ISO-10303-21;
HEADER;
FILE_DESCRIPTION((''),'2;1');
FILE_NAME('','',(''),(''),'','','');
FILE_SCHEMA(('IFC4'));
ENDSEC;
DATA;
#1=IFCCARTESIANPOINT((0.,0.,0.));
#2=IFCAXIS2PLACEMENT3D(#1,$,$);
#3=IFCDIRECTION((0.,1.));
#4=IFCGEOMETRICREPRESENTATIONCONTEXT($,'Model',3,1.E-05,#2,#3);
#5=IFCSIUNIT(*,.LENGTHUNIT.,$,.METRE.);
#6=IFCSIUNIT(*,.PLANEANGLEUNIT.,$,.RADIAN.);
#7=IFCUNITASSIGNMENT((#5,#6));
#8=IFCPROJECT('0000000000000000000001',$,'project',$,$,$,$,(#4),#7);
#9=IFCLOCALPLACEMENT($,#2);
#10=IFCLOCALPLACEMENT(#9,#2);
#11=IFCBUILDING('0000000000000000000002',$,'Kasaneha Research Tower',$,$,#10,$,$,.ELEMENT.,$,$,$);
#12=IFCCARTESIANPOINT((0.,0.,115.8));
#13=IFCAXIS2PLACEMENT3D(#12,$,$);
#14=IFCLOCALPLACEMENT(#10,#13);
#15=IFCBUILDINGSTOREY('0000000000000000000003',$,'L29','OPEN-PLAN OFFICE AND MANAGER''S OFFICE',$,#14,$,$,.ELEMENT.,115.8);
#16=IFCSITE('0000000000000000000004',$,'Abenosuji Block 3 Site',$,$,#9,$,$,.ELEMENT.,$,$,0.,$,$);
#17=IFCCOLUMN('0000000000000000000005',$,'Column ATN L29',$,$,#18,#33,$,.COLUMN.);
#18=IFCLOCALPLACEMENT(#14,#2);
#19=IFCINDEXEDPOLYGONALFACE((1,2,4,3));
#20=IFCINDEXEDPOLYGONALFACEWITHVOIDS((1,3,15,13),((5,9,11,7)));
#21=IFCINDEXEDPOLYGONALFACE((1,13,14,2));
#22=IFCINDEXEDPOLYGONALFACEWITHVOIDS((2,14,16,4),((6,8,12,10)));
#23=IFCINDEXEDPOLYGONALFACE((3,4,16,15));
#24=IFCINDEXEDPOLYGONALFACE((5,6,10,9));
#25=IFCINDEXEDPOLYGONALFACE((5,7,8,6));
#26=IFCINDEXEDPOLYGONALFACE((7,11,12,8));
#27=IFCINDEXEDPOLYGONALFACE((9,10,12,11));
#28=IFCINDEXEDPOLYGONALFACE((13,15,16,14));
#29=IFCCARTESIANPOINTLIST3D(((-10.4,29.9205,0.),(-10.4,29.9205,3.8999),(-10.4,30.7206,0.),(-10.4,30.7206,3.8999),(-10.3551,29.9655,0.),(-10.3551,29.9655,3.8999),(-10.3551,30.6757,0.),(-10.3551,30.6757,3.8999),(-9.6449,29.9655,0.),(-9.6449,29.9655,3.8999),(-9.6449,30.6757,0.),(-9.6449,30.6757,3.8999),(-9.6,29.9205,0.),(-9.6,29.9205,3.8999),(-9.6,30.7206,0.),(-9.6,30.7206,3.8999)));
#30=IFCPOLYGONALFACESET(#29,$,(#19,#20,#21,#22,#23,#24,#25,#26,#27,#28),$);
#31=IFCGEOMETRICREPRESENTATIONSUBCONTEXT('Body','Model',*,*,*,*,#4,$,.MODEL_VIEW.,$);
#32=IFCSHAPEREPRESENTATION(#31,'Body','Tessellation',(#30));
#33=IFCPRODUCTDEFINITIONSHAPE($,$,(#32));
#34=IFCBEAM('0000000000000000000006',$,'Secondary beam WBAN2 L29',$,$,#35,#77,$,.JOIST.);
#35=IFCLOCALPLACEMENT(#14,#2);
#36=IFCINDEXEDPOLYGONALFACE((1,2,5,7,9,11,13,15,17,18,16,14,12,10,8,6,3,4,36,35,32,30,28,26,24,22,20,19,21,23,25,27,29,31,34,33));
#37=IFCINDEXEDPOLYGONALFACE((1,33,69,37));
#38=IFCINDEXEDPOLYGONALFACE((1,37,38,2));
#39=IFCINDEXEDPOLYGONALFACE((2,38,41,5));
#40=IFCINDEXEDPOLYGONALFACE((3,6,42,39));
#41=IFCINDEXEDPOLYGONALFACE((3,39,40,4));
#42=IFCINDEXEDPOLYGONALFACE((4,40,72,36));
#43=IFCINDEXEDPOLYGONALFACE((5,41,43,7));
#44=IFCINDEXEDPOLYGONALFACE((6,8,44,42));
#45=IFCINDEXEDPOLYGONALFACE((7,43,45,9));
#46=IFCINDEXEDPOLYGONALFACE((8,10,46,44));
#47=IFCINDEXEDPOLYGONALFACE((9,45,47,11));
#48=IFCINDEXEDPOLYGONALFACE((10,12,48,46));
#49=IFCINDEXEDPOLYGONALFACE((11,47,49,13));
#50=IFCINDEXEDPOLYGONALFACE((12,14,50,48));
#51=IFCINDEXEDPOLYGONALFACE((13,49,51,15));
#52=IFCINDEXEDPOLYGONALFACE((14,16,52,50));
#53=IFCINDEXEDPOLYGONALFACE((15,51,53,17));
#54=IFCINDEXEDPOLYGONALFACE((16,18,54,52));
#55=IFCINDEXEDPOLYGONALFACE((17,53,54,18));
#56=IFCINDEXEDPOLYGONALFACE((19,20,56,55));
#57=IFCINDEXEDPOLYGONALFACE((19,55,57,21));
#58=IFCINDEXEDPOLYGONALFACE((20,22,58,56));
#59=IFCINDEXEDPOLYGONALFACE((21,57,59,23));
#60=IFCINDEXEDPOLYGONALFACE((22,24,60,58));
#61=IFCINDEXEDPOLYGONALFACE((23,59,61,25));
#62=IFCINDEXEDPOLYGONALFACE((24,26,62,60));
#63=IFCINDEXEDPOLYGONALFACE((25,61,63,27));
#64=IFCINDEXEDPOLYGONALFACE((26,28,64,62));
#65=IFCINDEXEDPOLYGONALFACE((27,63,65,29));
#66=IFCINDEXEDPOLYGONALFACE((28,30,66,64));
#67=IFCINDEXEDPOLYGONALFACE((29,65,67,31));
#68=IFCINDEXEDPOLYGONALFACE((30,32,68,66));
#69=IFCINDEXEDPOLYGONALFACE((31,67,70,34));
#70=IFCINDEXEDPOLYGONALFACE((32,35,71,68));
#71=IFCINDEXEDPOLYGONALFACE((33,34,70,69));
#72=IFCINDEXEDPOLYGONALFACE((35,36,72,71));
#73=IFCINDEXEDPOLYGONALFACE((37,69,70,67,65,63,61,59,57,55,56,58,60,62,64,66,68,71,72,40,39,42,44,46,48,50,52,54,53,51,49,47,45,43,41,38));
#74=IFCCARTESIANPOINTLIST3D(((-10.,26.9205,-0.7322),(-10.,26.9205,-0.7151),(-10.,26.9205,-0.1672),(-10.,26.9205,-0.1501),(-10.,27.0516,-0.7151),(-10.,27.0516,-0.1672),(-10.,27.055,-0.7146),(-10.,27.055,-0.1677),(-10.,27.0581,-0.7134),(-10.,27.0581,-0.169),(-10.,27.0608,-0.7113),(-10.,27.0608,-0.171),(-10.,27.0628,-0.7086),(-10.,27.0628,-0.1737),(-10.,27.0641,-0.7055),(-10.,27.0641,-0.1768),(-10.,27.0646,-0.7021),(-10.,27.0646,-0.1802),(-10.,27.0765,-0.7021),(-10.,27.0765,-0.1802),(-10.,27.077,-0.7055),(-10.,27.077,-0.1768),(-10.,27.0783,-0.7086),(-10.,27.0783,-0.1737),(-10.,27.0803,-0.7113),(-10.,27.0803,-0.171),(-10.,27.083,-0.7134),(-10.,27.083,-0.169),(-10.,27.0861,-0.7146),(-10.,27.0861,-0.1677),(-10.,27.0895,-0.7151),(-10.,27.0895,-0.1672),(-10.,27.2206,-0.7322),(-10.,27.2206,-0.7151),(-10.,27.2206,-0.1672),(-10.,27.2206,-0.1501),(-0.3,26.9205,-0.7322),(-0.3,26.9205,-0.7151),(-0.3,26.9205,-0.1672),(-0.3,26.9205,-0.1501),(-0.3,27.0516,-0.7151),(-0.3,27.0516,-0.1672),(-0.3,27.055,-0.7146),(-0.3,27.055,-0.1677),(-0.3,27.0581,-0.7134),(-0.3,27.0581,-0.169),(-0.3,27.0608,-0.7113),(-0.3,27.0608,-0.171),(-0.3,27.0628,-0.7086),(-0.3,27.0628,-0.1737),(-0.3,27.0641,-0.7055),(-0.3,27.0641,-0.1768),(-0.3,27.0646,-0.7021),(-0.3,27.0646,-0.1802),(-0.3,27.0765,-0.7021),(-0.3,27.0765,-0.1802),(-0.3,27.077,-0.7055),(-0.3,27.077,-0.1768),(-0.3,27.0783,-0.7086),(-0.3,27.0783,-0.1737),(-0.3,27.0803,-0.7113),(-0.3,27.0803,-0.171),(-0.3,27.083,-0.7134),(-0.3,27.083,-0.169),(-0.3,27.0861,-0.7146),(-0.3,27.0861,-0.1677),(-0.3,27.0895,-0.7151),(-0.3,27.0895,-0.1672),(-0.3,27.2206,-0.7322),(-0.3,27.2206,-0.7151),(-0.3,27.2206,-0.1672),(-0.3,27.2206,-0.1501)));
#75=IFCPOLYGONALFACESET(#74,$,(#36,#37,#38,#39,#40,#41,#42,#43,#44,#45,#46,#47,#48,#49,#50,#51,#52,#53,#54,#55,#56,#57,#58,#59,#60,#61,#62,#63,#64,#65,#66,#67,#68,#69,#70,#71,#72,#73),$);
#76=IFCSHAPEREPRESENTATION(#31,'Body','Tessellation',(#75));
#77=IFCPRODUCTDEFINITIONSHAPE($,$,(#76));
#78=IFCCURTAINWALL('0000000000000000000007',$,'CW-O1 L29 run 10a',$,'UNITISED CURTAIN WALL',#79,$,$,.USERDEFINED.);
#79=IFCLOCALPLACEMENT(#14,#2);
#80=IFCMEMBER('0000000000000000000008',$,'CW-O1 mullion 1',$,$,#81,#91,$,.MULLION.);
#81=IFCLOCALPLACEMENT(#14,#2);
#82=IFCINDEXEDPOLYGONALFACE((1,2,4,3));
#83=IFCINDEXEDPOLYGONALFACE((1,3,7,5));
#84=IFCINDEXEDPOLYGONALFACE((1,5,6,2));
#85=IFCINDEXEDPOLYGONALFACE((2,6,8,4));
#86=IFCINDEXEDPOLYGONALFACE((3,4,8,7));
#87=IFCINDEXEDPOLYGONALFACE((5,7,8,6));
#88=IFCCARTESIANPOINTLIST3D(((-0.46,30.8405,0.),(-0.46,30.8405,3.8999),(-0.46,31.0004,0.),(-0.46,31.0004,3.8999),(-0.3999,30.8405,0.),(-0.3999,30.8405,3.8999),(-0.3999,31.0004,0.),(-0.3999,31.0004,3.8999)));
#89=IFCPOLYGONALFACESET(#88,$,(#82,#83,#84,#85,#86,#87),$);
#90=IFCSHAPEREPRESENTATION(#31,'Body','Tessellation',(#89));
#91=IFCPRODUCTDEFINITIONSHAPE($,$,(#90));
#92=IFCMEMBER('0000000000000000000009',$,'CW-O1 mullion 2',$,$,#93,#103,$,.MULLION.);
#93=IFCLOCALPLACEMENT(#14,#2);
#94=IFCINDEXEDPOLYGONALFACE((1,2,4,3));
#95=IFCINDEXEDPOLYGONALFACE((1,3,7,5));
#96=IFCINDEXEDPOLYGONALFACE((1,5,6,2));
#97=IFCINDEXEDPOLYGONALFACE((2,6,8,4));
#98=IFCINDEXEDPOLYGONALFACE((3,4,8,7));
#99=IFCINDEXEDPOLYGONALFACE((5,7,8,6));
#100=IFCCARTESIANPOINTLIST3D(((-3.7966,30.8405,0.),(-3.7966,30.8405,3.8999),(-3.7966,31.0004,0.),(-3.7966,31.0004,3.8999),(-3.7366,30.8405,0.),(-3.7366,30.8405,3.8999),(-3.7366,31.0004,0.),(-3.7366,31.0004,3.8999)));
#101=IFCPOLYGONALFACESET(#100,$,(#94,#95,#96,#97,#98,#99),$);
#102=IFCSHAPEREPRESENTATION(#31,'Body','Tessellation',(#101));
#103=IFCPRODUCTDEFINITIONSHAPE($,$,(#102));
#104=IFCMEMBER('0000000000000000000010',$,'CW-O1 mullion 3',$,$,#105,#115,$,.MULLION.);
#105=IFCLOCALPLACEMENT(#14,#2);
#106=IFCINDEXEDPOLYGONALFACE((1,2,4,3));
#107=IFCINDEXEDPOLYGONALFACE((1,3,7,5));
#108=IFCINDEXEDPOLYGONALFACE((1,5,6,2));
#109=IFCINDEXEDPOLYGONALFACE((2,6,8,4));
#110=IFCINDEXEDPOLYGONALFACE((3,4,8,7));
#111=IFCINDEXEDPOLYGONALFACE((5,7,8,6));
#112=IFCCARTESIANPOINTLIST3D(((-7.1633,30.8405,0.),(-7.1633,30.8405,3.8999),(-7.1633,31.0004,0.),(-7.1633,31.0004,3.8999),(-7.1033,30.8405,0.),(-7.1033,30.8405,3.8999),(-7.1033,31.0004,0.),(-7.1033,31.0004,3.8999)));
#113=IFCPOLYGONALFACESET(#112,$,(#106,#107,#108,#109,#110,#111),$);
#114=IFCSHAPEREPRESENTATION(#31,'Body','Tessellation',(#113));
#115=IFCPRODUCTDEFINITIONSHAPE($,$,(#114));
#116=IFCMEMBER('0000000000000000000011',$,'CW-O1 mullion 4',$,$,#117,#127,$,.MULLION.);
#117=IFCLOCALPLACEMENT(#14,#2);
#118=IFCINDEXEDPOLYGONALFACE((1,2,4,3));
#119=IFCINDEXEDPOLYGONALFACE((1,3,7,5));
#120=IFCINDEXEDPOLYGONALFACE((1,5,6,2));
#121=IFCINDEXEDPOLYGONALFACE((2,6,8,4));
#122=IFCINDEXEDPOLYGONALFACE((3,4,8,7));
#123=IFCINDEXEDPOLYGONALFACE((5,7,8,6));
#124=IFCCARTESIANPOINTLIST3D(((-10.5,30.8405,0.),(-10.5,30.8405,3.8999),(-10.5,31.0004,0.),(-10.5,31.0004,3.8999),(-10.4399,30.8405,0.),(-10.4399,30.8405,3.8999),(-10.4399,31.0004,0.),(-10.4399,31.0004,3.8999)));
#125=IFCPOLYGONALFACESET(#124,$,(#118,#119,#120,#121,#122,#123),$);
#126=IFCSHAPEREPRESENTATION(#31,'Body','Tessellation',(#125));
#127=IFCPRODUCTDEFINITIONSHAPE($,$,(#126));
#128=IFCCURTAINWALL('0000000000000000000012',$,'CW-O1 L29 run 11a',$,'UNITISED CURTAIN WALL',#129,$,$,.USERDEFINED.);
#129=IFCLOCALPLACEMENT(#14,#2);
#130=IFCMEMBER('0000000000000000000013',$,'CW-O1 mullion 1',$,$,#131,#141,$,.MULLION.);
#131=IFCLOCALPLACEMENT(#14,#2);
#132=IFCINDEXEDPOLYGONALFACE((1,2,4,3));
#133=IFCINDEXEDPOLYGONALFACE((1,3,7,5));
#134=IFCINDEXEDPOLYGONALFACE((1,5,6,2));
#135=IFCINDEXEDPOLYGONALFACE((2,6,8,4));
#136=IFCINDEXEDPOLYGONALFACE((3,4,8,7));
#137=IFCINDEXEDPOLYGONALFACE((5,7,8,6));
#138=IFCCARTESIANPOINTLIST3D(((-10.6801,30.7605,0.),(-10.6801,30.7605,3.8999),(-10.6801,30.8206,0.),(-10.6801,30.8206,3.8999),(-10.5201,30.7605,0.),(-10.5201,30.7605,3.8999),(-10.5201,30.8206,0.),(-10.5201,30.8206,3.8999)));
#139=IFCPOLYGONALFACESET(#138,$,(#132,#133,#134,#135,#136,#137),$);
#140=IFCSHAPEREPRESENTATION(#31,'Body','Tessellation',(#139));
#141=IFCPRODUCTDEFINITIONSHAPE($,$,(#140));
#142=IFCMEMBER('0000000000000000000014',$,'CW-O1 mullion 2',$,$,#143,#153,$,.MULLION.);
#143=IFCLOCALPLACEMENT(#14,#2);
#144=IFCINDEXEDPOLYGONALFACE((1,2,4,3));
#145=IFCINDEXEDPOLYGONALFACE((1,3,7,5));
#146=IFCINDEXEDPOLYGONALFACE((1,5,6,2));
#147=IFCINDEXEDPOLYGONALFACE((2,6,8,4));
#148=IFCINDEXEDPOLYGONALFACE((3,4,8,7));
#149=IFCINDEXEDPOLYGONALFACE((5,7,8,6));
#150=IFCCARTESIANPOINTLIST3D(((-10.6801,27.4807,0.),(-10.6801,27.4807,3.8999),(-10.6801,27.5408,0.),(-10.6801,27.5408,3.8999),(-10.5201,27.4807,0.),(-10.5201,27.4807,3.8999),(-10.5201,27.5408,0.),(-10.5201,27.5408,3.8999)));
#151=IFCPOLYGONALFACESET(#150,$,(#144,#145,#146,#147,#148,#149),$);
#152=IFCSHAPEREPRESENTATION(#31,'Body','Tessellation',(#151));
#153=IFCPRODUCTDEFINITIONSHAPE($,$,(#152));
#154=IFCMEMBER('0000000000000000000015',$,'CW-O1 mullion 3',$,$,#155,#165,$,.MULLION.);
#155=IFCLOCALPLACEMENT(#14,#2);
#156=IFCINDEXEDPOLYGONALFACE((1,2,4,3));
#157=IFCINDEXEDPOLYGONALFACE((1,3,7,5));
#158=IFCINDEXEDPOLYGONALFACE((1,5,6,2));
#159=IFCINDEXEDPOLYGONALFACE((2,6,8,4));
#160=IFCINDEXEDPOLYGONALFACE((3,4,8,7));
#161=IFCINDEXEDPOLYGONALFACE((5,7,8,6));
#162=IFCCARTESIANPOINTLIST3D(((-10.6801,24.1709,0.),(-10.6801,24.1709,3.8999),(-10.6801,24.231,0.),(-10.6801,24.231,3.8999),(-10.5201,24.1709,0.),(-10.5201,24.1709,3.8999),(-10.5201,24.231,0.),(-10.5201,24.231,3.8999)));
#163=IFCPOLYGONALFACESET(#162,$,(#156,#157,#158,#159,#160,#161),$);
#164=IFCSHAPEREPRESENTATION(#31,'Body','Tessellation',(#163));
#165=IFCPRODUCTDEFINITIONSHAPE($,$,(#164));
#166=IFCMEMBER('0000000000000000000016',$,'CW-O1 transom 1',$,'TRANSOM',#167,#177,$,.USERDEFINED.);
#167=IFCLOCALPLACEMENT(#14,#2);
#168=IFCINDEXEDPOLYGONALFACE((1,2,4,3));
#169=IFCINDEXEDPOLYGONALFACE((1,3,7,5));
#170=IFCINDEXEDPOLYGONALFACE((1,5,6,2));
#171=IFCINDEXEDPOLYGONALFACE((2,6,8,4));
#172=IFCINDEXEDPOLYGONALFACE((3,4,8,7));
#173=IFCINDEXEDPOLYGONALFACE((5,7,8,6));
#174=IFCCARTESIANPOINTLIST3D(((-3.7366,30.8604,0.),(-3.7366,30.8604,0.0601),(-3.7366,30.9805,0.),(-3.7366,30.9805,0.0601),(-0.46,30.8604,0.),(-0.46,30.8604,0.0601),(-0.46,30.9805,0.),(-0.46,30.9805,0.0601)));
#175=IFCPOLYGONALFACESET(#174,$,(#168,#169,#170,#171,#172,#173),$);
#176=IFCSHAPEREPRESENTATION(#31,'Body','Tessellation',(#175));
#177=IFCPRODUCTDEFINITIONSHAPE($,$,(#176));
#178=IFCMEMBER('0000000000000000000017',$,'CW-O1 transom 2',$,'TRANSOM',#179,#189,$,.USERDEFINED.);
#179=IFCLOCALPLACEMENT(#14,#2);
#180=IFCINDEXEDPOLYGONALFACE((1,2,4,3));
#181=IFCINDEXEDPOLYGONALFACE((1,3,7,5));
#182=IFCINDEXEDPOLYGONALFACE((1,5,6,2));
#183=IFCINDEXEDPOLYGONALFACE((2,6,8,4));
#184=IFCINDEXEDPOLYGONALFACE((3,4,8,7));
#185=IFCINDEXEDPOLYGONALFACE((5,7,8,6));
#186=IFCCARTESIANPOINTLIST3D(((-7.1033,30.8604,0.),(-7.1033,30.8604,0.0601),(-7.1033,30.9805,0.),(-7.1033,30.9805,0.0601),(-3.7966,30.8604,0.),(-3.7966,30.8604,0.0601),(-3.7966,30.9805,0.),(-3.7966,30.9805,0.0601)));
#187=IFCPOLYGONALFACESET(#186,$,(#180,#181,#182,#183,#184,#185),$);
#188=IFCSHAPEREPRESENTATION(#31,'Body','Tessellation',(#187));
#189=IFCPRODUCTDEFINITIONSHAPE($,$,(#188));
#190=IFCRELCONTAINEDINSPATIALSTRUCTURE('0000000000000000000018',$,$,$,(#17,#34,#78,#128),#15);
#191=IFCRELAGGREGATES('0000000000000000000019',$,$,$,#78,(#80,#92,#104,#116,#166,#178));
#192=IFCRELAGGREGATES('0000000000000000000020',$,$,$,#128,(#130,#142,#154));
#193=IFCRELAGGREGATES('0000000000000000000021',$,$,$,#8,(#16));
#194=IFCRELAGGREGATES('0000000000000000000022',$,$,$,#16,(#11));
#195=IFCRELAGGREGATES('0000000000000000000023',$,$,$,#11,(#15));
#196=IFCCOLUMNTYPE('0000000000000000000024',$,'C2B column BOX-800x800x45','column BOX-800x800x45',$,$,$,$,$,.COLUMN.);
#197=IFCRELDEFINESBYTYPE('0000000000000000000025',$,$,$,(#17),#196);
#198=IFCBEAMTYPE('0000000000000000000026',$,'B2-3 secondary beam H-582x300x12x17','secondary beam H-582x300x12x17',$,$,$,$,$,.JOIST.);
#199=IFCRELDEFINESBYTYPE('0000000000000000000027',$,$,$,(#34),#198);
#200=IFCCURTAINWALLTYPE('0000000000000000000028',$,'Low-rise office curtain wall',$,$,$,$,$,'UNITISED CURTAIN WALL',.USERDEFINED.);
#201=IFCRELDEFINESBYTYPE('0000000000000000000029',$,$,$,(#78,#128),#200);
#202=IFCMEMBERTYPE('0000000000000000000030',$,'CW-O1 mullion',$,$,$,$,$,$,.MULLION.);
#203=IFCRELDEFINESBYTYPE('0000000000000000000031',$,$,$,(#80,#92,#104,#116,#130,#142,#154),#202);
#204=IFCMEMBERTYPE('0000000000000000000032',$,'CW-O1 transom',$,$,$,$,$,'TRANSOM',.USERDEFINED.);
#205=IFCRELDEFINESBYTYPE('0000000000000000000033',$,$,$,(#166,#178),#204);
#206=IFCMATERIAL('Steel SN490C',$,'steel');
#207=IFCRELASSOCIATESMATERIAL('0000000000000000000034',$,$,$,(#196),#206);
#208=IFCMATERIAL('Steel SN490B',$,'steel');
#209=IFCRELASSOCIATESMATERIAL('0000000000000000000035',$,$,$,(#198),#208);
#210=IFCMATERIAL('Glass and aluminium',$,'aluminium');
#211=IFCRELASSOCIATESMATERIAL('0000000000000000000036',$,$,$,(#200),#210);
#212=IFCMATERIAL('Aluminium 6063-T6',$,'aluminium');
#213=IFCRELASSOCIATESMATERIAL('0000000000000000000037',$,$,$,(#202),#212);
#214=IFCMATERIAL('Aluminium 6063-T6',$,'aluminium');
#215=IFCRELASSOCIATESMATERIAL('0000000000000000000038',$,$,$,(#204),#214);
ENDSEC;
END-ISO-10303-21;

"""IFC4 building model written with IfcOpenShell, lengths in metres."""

from ifc_helpers import new_model, si_unit, direction, frame, origin, origin_2d, place, context, subcontext, project, spatial, rectangle, hollow_rectangle, i_section, extrude, material, material_profile, profile_set, type_object, element, aggregate, save


model = new_model("IFC4")

# Units and contexts
model_context = context("Model", 3, precision=1e-05, world=origin(), true_north=direction((0.0, 1.0)))
body_context = subcontext(model_context, "Body", "Model", "MODEL_VIEW")
ifc_project = project(units=[si_unit("LENGTHUNIT", "METRE"), si_unit("PLANEANGLEUNIT", "RADIAN")], contexts=[model_context])

# Site, building, storey
site_placement = place(None, origin())
site = spatial("IfcSite", under=ifc_project, at=site_placement, Name="Abenosuji Block 3 Site", CompositionType="ELEMENT", RefElevation=0.0)
building_placement = place(site_placement, origin())
building = spatial("IfcBuilding", under=site, at=building_placement, Name="Kasaneha Research Tower", CompositionType="ELEMENT")
storey_placement = place(building_placement, frame((0.0, 0.0, 115.8)))
storey = spatial("IfcBuildingStorey", under=building, at=storey_placement, Name="L29", Description="OPEN-PLAN OFFICE AND MANAGER'S OFFICE", CompositionType="ELEMENT", Elevation=115.8)

# Column
ifc_material_1 = material(Name="Steel SN490C", Category="steel")
ifc_material_profile_1 = material_profile(ifc_material_1, hollow_rectangle(XDim=0.8, YDim=0.8, WallThickness=0.0449, at=origin_2d()), Name="BOX-800x800x45")
ifc_profile_set_1 = profile_set([ifc_material_profile_1], Name="Steel SN490C")
column_type = type_object("IfcColumnType", Name="C2B column BOX-800x800x45", Description="column BOX-800x800x45", PredefinedType="COLUMN", material=ifc_profile_set_1)
column_placement = place(storey_placement, frame((-10.0, 30.3206, 0.0), z_axis=(0.0, 0.0, 1.0), x_axis=(1.0, 0.0, 0.0)))
element("IfcColumn", 1, at=column_placement, inside=storey, type_object=column_type, Name="Column ATN L29", PredefinedType="COLUMN", context=body_context, shape_type="SweptSolid", body=[
    extrude(hollow_rectangle(XDim=0.8, YDim=0.8, WallThickness=0.0449, at=origin_2d()), origin(), (0.0, 0.0, 1.0), 3.8999),
])

# Beam
ifc_material_2 = material(Name="Steel SN490B", Category="steel")
ifc_material_profile_2 = material_profile(ifc_material_2, i_section(OverallWidth=0.3, OverallDepth=0.582, WebThickness=0.012, FlangeThickness=0.0171, FilletRadius=0.0129, at=origin_2d()), Name="H-582x300x12x17")
ifc_profile_set_2 = profile_set([ifc_material_profile_2], Name="Steel SN490B")
beam_type_1 = type_object("IfcBeamType", Name="B2-3 secondary beam H-582x300x12x17", Description="secondary beam H-582x300x12x17", PredefinedType="JOIST", material=ifc_profile_set_2)
beam_1_placement = place(storey_placement, frame((-10.0, 27.0706, -0.4412), z_axis=(1.0, 0.0, 0.0), x_axis=(0.0, 1.0, 0.0)))
element("IfcBeam", 2, at=beam_1_placement, inside=storey, type_object=beam_type_1, Name="Secondary beam WBAN2 L29", PredefinedType="JOIST", context=body_context, shape_type="SweptSolid", body=[
    extrude(i_section(OverallWidth=0.3, OverallDepth=0.582, WebThickness=0.012, FlangeThickness=0.0171, FilletRadius=0.0129, at=origin_2d()), origin(), (0.0, 0.0, 1.0), 9.7),
])

# Curtain walls, members
ifc_material_3 = material(Name="Glass and aluminium", Category="aluminium")
curtain_wall_type = type_object("IfcCurtainWallType", Name="Low-rise office curtain wall", ElementType="UNITISED CURTAIN WALL", PredefinedType="USERDEFINED", material=ifc_material_3)
curtain_wall_1_placement = place(storey_placement, origin())
curtain_wall_1 = element("IfcCurtainWall", 3, at=curtain_wall_1_placement, inside=storey, type_object=curtain_wall_type, Name="CW-O1 L29 run 10a", ObjectType="UNITISED CURTAIN WALL", PredefinedType="USERDEFINED")
ifc_material_4 = material(Name="Aluminium 6063-T6", Category="aluminium")
ifc_material_profile_3 = material_profile(ifc_material_4, rectangle(XDim=0.0601, YDim=0.1599, at=origin_2d()), Name="CW-O1 mullion 60x160")
ifc_profile_set_3 = profile_set([ifc_material_profile_3], Name="Aluminium 6063-T6")
member_type_1 = type_object("IfcMemberType", Name="CW-O1 mullion", PredefinedType="MULLION", material=ifc_profile_set_3)
member_1_placement = place(storey_placement, frame((-0.4299, 30.9204, 0.0), z_axis=(0.0, 0.0, 1.0), x_axis=(-1.0, 0.0, 0.0)))
member_1 = element("IfcMember", 4, at=member_1_placement, type_object=member_type_1, Name="CW-O1 mullion 1", PredefinedType="MULLION", context=body_context, shape_type="SweptSolid", body=[
    extrude(rectangle(XDim=0.0601, YDim=0.1599, at=origin_2d()), origin(), (0.0, 0.0, 1.0), 3.8999),
])
member_2_placement = place(storey_placement, frame((-3.7666, 30.9204, 0.0), z_axis=(0.0, 0.0, 1.0), x_axis=(-1.0, 0.0, 0.0)))
member_2 = element("IfcMember", 5, at=member_2_placement, type_object=member_type_1, Name="CW-O1 mullion 2", PredefinedType="MULLION", context=body_context, shape_type="SweptSolid", body=[
    extrude(rectangle(XDim=0.0601, YDim=0.1599, at=origin_2d()), origin(), (0.0, 0.0, 1.0), 3.8999),
])
member_3_placement = place(storey_placement, frame((-7.1333, 30.9204, 0.0), z_axis=(0.0, 0.0, 1.0), x_axis=(-1.0, 0.0, 0.0)))
member_3 = element("IfcMember", 6, at=member_3_placement, type_object=member_type_1, Name="CW-O1 mullion 3", PredefinedType="MULLION", context=body_context, shape_type="SweptSolid", body=[
    extrude(rectangle(XDim=0.0601, YDim=0.1599, at=origin_2d()), origin(), (0.0, 0.0, 1.0), 3.8999),
])
member_4_placement = place(storey_placement, frame((-10.47, 30.9204, 0.0), z_axis=(0.0, 0.0, 1.0), x_axis=(-1.0, 0.0, 0.0)))
member_4 = element("IfcMember", 7, at=member_4_placement, type_object=member_type_1, Name="CW-O1 mullion 4", PredefinedType="MULLION", context=body_context, shape_type="SweptSolid", body=[
    extrude(rectangle(XDim=0.0601, YDim=0.1599, at=origin_2d()), origin(), (0.0, 0.0, 1.0), 3.8999),
])
curtain_wall_2_placement = place(storey_placement, origin())
curtain_wall_2 = element("IfcCurtainWall", 8, at=curtain_wall_2_placement, inside=storey, type_object=curtain_wall_type, Name="CW-O1 L29 run 11a", ObjectType="UNITISED CURTAIN WALL", PredefinedType="USERDEFINED")
member_5_placement = place(storey_placement, frame((-10.6001, 30.7905, 0.0), z_axis=(0.0, 0.0, 1.0), x_axis=(0.0, -1.0, 0.0)))
member_5 = element("IfcMember", 9, at=member_5_placement, type_object=member_type_1, Name="CW-O1 mullion 1", PredefinedType="MULLION", context=body_context, shape_type="SweptSolid", body=[
    extrude(rectangle(XDim=0.0601, YDim=0.1599, at=origin_2d()), origin(), (0.0, 0.0, 1.0), 3.8999),
])
member_6_placement = place(storey_placement, frame((-10.6001, 27.5107, 0.0), z_axis=(0.0, 0.0, 1.0), x_axis=(0.0, -1.0, 0.0)))
member_6 = element("IfcMember", 10, at=member_6_placement, type_object=member_type_1, Name="CW-O1 mullion 2", PredefinedType="MULLION", context=body_context, shape_type="SweptSolid", body=[
    extrude(rectangle(XDim=0.0601, YDim=0.1599, at=origin_2d()), origin(), (0.0, 0.0, 1.0), 3.8999),
])
member_7_placement = place(storey_placement, frame((-10.6001, 24.2009, 0.0), z_axis=(0.0, 0.0, 1.0), x_axis=(0.0, -1.0, 0.0)))
member_7 = element("IfcMember", 11, at=member_7_placement, type_object=member_type_1, Name="CW-O1 mullion 3", PredefinedType="MULLION", context=body_context, shape_type="SweptSolid", body=[
    extrude(rectangle(XDim=0.0601, YDim=0.1599, at=origin_2d()), origin(), (0.0, 0.0, 1.0), 3.8999),
])

# Members
ifc_material_5 = material(Name="Aluminium 6063-T6", Category="aluminium")
ifc_material_profile_4 = material_profile(ifc_material_5, rectangle(XDim=0.1201, YDim=0.0601, at=origin_2d()), Name="CW-O1 transom 120x60")
ifc_profile_set_4 = profile_set([ifc_material_profile_4], Name="Aluminium 6063-T6")
member_type_2 = type_object("IfcMemberType", Name="CW-O1 transom", ElementType="TRANSOM", PredefinedType="USERDEFINED", material=ifc_profile_set_4)
member_8_placement = place(storey_placement, frame((-0.46, 30.9204, 0.03), z_axis=(-1.0, 0.0, 0.0), x_axis=(0.0, -1.0, 0.0)))
member_8 = element("IfcMember", 12, at=member_8_placement, type_object=member_type_2, Name="CW-O1 transom 1", ObjectType="TRANSOM", PredefinedType="USERDEFINED", context=body_context, shape_type="SweptSolid", body=[
    extrude(rectangle(XDim=0.1201, YDim=0.0601, at=origin_2d()), origin(), (0.0, 0.0, 1.0), 3.2766),
])
member_9_placement = place(storey_placement, frame((-3.7966, 30.9204, 0.03), z_axis=(-1.0, 0.0, 0.0), x_axis=(0.0, -1.0, 0.0)))
member_9 = element("IfcMember", 13, at=member_9_placement, type_object=member_type_2, Name="CW-O1 transom 2", ObjectType="TRANSOM", PredefinedType="USERDEFINED", context=body_context, shape_type="SweptSolid", body=[
    extrude(rectangle(XDim=0.1201, YDim=0.0601, at=origin_2d()), origin(), (0.0, 0.0, 1.0), 3.3066),
])

aggregate(curtain_wall_1, [member_1, member_2, member_3, member_4, member_8, member_9])
aggregate(curtain_wall_2, [member_5, member_6, member_7])

save(model, "model.ifc")
